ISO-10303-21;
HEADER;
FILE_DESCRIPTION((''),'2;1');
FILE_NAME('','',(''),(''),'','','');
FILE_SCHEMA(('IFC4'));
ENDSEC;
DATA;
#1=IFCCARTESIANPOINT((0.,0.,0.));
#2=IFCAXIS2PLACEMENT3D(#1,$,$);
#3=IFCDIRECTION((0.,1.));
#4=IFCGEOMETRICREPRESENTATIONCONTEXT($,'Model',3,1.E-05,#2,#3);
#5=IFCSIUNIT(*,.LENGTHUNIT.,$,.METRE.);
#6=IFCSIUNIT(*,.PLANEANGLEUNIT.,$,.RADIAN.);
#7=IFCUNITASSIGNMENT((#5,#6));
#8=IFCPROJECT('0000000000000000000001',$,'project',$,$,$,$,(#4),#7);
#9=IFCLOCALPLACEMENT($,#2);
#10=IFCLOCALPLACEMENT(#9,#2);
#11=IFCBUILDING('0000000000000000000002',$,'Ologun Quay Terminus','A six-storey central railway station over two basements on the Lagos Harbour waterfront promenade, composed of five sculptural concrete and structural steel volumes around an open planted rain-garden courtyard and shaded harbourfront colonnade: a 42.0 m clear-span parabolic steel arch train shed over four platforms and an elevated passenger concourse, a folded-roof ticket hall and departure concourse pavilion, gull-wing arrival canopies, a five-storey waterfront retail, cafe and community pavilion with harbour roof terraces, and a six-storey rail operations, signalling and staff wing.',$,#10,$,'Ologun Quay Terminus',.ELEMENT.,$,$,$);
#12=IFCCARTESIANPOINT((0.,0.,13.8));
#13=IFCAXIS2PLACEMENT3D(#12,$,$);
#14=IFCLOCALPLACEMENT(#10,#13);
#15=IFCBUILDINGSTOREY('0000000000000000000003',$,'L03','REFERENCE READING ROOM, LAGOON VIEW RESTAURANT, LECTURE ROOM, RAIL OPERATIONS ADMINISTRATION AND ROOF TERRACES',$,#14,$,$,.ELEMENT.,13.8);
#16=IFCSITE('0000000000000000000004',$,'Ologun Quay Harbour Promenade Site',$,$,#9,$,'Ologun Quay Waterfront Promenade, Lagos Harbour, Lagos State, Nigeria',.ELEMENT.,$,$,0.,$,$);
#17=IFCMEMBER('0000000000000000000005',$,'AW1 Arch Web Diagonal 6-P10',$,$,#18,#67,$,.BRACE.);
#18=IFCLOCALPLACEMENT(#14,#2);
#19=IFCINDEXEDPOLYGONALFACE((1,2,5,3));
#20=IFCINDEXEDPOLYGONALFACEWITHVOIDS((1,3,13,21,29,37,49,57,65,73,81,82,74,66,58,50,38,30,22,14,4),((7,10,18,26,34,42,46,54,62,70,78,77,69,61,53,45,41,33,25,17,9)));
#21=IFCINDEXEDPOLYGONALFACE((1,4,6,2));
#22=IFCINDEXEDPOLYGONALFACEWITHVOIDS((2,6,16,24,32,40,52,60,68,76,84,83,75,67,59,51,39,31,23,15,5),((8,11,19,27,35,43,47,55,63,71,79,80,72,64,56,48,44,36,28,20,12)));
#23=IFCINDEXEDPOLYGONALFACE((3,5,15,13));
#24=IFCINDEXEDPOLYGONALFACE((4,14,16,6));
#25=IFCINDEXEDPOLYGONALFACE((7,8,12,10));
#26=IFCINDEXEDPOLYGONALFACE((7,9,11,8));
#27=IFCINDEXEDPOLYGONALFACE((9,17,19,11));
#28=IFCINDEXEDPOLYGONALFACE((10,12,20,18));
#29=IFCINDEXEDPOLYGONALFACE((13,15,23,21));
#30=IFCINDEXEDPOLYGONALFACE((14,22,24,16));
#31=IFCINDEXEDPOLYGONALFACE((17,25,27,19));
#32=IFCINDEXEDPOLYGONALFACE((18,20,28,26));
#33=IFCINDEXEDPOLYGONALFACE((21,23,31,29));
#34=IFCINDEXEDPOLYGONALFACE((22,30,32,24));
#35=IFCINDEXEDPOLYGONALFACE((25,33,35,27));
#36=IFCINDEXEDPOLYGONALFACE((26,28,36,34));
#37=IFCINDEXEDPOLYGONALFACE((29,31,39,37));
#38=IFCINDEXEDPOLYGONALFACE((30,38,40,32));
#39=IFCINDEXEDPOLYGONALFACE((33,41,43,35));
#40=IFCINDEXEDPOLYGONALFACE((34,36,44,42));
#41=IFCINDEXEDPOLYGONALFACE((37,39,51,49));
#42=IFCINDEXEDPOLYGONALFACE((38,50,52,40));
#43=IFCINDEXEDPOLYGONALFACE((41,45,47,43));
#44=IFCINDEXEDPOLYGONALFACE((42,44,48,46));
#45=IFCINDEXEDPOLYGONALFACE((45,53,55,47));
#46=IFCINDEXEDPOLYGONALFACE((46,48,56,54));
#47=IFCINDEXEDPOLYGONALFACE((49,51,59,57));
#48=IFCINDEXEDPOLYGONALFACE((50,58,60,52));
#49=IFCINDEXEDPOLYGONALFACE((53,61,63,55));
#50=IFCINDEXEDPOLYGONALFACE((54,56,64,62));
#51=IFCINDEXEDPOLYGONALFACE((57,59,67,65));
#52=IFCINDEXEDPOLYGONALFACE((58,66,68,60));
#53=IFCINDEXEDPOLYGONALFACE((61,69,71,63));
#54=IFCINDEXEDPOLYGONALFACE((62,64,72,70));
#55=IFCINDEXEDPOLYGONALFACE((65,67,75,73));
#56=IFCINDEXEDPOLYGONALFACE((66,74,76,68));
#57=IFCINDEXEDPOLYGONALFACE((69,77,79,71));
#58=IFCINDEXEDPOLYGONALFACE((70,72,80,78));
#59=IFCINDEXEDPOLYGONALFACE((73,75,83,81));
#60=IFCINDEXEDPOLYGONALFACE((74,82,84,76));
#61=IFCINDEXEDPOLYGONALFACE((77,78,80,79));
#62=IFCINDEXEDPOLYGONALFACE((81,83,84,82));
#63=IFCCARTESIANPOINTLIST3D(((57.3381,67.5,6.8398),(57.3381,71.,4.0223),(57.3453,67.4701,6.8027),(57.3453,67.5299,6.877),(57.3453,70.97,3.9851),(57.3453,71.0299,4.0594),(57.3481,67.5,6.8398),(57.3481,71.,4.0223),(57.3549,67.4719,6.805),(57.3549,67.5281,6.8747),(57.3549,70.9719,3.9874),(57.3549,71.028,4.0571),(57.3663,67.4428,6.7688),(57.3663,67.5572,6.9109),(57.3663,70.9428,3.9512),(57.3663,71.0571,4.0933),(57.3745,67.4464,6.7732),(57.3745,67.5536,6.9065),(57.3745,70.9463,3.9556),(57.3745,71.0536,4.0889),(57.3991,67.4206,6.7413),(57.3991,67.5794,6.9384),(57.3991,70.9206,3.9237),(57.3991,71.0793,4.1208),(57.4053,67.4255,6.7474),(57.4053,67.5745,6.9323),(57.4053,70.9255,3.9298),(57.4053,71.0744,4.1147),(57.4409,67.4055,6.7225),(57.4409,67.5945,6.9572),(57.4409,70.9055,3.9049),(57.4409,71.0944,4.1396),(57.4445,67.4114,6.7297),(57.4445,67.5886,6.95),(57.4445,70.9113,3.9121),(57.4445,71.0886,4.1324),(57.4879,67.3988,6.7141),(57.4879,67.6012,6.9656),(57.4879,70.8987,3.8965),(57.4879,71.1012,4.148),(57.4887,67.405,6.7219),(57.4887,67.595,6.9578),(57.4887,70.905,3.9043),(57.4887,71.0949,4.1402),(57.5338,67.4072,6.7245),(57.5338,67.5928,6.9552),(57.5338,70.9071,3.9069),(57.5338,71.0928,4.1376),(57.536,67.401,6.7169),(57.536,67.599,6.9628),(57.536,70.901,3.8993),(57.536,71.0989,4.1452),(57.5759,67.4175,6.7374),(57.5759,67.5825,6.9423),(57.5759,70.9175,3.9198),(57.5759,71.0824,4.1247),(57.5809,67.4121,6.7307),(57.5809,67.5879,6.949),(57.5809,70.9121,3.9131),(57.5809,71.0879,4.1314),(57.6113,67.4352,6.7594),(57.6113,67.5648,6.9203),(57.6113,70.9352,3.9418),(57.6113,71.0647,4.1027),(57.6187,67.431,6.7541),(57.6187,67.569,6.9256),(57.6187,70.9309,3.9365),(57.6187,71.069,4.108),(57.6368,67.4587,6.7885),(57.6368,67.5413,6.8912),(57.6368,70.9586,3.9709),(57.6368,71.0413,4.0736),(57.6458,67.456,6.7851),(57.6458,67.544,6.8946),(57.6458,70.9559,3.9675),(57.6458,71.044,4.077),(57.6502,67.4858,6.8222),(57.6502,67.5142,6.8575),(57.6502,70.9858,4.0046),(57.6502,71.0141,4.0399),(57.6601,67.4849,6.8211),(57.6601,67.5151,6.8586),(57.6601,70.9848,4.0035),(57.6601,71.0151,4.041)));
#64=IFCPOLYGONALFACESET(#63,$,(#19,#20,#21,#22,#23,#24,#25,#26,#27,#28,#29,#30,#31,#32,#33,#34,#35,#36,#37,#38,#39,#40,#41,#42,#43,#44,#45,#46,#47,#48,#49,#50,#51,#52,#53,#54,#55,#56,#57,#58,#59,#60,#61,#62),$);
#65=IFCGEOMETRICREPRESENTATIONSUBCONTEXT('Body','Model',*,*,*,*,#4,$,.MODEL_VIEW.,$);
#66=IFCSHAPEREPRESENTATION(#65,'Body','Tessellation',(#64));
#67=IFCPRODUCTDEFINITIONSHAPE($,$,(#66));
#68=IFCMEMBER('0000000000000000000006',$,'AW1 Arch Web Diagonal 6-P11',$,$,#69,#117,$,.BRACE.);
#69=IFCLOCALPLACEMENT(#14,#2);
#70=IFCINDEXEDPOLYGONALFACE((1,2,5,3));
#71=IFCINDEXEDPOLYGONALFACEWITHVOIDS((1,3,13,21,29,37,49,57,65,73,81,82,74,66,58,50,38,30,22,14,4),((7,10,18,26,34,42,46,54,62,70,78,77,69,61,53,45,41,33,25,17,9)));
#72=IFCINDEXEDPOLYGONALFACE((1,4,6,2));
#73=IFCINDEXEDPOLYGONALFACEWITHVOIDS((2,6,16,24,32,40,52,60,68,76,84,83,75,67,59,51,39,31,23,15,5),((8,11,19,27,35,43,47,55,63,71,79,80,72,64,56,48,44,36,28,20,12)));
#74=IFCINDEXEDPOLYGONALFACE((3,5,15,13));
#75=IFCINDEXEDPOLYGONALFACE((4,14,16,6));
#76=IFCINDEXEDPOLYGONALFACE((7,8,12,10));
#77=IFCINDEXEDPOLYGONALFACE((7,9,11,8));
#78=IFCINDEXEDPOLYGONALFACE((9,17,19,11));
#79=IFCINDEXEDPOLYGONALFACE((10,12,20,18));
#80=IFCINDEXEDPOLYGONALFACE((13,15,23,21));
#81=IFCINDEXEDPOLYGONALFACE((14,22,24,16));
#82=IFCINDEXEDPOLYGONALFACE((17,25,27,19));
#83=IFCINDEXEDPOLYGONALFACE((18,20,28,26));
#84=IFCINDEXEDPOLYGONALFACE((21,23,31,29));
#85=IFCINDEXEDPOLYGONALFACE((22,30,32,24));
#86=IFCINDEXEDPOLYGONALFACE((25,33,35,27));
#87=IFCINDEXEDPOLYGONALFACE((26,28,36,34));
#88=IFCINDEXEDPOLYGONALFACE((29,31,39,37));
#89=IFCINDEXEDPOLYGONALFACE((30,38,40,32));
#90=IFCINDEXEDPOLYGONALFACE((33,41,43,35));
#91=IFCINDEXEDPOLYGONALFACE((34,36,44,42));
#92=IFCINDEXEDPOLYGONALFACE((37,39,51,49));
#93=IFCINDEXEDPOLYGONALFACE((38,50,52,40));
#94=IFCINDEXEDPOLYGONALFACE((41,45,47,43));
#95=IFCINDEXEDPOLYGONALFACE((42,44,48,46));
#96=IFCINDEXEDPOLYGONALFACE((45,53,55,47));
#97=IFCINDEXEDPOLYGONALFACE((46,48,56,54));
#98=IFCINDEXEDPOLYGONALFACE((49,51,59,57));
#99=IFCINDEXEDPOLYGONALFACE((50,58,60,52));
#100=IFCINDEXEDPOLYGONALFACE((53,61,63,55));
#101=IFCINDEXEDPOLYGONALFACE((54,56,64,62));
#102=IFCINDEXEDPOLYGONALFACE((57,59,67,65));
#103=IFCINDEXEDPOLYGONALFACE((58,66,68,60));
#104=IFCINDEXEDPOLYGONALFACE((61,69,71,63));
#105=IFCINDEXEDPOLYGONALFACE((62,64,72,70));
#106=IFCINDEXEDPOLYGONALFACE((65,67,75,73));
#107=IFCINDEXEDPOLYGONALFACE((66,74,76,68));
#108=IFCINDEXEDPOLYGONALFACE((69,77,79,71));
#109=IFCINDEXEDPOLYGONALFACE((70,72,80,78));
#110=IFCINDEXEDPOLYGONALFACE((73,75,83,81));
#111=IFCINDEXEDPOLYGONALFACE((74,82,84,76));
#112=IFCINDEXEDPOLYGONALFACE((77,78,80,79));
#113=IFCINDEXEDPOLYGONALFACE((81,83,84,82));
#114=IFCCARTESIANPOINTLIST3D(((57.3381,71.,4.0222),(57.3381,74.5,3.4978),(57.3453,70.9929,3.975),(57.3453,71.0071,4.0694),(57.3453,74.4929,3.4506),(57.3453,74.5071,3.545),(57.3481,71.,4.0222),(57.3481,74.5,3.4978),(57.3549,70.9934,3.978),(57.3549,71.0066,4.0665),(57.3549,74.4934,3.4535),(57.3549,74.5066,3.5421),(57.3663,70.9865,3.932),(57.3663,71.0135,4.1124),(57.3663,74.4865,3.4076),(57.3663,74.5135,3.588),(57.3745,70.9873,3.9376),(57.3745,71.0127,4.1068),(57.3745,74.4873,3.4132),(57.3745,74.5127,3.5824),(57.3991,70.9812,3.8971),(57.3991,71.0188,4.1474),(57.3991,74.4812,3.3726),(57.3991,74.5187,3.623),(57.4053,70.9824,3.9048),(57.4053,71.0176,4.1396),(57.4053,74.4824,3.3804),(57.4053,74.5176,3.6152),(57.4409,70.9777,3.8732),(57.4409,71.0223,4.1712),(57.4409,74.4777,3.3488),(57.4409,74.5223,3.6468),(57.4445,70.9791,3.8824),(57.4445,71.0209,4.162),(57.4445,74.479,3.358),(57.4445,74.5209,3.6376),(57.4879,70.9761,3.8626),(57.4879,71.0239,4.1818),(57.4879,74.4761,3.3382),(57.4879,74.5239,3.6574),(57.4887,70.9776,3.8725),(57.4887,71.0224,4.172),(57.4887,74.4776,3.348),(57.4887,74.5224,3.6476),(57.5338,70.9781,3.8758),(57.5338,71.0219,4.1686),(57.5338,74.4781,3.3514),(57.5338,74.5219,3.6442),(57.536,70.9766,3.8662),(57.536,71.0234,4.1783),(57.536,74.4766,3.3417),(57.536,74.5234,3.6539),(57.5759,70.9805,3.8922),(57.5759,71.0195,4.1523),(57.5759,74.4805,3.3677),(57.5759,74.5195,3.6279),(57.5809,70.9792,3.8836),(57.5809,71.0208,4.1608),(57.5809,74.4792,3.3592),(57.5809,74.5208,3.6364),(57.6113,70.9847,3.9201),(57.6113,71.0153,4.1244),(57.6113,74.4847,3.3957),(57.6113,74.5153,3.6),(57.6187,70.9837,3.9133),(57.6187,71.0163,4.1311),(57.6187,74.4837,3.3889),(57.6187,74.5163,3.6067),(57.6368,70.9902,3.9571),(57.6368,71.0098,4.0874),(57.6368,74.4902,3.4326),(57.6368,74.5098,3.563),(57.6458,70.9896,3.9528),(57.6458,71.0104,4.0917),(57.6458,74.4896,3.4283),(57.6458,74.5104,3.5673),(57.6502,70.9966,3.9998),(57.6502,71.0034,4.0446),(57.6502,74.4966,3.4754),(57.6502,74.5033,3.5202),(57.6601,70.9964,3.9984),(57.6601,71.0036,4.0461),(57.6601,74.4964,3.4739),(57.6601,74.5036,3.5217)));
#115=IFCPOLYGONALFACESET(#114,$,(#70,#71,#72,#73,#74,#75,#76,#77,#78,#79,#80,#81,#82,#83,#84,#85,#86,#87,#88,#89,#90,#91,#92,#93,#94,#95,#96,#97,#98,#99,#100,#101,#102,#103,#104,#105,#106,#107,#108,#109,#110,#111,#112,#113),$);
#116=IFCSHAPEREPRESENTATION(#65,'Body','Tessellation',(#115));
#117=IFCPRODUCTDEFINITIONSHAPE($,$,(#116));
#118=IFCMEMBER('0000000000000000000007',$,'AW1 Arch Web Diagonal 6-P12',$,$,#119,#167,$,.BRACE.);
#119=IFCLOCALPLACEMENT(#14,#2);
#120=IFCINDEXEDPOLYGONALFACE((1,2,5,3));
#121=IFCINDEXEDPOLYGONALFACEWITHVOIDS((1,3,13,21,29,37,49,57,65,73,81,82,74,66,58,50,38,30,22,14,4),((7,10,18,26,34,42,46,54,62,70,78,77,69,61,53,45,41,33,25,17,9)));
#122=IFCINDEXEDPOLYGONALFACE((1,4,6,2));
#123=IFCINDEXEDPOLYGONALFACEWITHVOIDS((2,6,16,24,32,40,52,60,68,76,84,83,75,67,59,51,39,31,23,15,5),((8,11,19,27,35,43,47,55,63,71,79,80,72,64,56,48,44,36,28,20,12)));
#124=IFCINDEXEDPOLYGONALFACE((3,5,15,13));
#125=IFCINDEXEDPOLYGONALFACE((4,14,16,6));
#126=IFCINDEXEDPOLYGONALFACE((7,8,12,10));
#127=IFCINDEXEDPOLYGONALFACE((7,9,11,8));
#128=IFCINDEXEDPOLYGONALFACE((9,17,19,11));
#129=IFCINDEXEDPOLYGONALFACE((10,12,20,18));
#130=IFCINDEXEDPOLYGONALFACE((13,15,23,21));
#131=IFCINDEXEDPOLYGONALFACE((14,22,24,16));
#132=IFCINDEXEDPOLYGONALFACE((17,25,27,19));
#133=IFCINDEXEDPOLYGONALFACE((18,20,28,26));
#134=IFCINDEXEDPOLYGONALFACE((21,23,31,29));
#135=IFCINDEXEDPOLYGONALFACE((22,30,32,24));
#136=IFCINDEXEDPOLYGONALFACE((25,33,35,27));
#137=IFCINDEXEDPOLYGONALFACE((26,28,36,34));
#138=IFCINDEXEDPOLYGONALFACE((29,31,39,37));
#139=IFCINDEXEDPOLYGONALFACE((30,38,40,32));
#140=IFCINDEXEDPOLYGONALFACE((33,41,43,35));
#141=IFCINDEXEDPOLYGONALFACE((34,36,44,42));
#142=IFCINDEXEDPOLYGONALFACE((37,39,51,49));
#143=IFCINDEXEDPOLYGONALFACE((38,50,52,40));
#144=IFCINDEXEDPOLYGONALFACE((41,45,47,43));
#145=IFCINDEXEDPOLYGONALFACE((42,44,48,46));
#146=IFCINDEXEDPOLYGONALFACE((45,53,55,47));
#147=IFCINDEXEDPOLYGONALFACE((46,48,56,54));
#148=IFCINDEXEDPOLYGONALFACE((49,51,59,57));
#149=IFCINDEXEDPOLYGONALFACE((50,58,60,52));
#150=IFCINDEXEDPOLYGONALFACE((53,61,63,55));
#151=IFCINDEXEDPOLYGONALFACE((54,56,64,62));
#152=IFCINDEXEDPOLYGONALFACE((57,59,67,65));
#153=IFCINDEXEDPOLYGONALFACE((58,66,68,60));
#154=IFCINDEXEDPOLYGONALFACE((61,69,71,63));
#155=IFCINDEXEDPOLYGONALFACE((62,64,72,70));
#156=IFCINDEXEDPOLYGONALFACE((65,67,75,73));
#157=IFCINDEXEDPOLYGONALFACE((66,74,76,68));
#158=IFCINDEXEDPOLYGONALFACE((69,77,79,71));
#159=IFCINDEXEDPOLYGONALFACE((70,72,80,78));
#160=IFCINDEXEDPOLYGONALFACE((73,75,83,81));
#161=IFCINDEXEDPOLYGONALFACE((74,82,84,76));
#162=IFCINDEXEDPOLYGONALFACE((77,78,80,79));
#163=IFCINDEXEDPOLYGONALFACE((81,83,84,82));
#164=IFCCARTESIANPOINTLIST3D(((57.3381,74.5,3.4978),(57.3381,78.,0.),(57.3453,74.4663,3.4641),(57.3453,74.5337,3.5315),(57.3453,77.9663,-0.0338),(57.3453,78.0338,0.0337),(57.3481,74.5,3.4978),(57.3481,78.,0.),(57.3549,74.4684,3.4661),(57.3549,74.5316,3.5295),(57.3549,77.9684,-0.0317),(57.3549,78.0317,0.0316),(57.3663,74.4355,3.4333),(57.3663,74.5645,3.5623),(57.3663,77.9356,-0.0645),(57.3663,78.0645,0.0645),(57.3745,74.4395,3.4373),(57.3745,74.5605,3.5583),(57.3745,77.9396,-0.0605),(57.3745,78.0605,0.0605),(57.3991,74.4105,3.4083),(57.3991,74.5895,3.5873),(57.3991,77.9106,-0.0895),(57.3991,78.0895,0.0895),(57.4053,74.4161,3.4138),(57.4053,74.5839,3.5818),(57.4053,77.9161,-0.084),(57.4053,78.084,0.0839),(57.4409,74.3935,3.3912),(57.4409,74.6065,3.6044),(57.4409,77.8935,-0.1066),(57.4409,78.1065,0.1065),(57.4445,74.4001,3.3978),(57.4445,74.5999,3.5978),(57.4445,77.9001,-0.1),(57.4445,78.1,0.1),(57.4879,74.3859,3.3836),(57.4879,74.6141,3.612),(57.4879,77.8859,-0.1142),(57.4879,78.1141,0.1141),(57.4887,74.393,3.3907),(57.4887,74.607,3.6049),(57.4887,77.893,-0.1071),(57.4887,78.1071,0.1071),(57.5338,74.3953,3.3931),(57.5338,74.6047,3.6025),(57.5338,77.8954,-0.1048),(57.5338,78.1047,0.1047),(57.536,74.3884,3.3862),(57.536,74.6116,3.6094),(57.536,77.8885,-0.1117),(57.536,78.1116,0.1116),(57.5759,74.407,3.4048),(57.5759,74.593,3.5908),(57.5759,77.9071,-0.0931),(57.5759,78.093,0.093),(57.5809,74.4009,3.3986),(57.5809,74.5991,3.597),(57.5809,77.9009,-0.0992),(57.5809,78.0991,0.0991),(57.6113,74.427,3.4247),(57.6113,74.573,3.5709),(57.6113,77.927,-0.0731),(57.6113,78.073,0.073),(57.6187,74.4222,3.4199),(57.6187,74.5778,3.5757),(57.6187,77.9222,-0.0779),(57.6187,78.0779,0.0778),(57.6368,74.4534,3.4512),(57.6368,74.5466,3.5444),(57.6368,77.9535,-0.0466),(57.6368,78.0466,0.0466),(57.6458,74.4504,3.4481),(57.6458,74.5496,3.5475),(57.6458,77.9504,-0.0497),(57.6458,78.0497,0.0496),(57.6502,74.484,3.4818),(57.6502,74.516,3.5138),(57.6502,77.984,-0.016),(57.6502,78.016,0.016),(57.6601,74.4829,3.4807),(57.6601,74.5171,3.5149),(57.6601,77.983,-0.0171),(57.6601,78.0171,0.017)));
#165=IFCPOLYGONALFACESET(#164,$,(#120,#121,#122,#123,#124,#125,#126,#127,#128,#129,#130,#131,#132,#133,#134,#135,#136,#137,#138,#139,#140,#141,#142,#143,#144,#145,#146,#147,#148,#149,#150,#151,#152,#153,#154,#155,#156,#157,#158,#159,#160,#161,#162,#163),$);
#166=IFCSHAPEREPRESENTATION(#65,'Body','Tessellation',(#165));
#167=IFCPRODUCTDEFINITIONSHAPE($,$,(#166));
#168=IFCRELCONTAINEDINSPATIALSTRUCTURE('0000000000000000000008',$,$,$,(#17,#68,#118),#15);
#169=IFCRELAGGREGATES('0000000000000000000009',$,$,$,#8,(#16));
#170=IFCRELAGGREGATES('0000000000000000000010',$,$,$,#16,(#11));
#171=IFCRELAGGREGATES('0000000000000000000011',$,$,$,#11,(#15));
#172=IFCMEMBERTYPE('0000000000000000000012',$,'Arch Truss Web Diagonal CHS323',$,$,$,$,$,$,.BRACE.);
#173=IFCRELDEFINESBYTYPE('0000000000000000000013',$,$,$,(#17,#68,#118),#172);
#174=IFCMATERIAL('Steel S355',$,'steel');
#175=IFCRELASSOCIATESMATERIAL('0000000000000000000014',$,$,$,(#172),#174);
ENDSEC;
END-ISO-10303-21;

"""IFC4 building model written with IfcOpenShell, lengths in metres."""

from ifc_helpers import new_model, si_unit, direction, frame, origin, origin_2d, place, context, subcontext, project, spatial, hollow_circle, extrude, material, material_profile, profile_set, type_object, element, save


model = new_model("IFC4")

# Units and contexts
model_context = context("Model", 3, precision=1e-05, world=origin(), true_north=direction((0.0, 1.0)))
body_context = subcontext(model_context, "Body", "Model", "MODEL_VIEW")
ifc_project = project(units=[si_unit("LENGTHUNIT", "METRE"), si_unit("PLANEANGLEUNIT", "RADIAN")], contexts=[model_context])

# Site, building, storey
site_placement = place(None, origin())
site = spatial("IfcSite", under=ifc_project, at=site_placement, Name="Ologun Quay Harbour Promenade Site", LongName="Ologun Quay Waterfront Promenade, Lagos Harbour, Lagos State, Nigeria", CompositionType="ELEMENT", RefElevation=0.0)
building_placement = place(site_placement, origin())
building = spatial("IfcBuilding", under=site, at=building_placement, Name="Ologun Quay Terminus", Description="A six-storey central railway station over two basements on the Lagos Harbour waterfront promenade, composed of five sculptural concrete and structural steel volumes around an open planted rain-garden courtyard and shaded harbourfront colonnade: a 42.0 m clear-span parabolic steel arch train shed over four platforms and an elevated passenger concourse, a folded-roof ticket hall and departure concourse pavilion, gull-wing arrival canopies, a five-storey waterfront retail, cafe and community pavilion with harbour roof terraces, and a six-storey rail operations, signalling and staff wing.", LongName="Ologun Quay Terminus", CompositionType="ELEMENT")
storey_placement = place(building_placement, frame((0.0, 0.0, 13.8)))
storey = spatial("IfcBuildingStorey", under=building, at=storey_placement, Name="L03", Description="REFERENCE READING ROOM, LAGOON VIEW RESTAURANT, LECTURE ROOM, RAIL OPERATIONS ADMINISTRATION AND ROOF TERRACES", CompositionType="ELEMENT", Elevation=13.8)

# Members
ifc_material_1 = material(Name="Steel S355", Category="steel")
ifc_material_profile_1 = material_profile(ifc_material_1, hollow_circle(Radius=0.1619, WallThickness=0.01, at=origin_2d()), Name="CHS 323.9x10")
ifc_profile_set_1 = profile_set([ifc_material_profile_1], Name="Steel S355")
member_type_1 = type_object("IfcMemberType", Name="Arch Truss Web Diagonal CHS323", PredefinedType="BRACE", material=ifc_profile_set_1)
member_1_placement = place(storey_placement, frame((57.5, 67.5, 6.8398), z_axis=(0.0, 0.778951, -0.627084), x_axis=(-1.0, 0.0, 0.0)))
element("IfcMember", 1, at=member_1_placement, inside=storey, type_object=member_type_1, Name="AW1 Arch Web Diagonal 6-P10", PredefinedType="BRACE", context=body_context, shape_type="SweptSolid", body=[
    extrude(hollow_circle(Radius=0.1619, WallThickness=0.01, at=origin_2d()), origin(), (0.0, 0.0, 1.0), 4.4932),
])
member_2_placement = place(storey_placement, frame((57.5, 71.0, 4.0222), z_axis=(0.0, 0.988961, -0.148179), x_axis=(-1.0, 0.0, 0.0)))
element("IfcMember", 2, at=member_2_placement, inside=storey, type_object=member_type_1, Name="AW1 Arch Web Diagonal 6-P11", PredefinedType="BRACE", context=body_context, shape_type="SweptSolid", body=[
    extrude(hollow_circle(Radius=0.1619, WallThickness=0.01, at=origin_2d()), origin(), (0.0, 0.0, 1.0), 3.5391),
])
member_3_placement = place(storey_placement, frame((57.5, 74.5, 3.4978), z_axis=(0.0, 0.707329, -0.706885), x_axis=(-1.0, 0.0, 0.0)))
element("IfcMember", 3, at=member_3_placement, inside=storey, type_object=member_type_1, Name="AW1 Arch Web Diagonal 6-P12", PredefinedType="BRACE", context=body_context, shape_type="SweptSolid", body=[
    extrude(hollow_circle(Radius=0.1619, WallThickness=0.01, at=origin_2d()), origin(), (0.0, 0.0, 1.0), 4.9482),
])

save(model, "model.ifc")
